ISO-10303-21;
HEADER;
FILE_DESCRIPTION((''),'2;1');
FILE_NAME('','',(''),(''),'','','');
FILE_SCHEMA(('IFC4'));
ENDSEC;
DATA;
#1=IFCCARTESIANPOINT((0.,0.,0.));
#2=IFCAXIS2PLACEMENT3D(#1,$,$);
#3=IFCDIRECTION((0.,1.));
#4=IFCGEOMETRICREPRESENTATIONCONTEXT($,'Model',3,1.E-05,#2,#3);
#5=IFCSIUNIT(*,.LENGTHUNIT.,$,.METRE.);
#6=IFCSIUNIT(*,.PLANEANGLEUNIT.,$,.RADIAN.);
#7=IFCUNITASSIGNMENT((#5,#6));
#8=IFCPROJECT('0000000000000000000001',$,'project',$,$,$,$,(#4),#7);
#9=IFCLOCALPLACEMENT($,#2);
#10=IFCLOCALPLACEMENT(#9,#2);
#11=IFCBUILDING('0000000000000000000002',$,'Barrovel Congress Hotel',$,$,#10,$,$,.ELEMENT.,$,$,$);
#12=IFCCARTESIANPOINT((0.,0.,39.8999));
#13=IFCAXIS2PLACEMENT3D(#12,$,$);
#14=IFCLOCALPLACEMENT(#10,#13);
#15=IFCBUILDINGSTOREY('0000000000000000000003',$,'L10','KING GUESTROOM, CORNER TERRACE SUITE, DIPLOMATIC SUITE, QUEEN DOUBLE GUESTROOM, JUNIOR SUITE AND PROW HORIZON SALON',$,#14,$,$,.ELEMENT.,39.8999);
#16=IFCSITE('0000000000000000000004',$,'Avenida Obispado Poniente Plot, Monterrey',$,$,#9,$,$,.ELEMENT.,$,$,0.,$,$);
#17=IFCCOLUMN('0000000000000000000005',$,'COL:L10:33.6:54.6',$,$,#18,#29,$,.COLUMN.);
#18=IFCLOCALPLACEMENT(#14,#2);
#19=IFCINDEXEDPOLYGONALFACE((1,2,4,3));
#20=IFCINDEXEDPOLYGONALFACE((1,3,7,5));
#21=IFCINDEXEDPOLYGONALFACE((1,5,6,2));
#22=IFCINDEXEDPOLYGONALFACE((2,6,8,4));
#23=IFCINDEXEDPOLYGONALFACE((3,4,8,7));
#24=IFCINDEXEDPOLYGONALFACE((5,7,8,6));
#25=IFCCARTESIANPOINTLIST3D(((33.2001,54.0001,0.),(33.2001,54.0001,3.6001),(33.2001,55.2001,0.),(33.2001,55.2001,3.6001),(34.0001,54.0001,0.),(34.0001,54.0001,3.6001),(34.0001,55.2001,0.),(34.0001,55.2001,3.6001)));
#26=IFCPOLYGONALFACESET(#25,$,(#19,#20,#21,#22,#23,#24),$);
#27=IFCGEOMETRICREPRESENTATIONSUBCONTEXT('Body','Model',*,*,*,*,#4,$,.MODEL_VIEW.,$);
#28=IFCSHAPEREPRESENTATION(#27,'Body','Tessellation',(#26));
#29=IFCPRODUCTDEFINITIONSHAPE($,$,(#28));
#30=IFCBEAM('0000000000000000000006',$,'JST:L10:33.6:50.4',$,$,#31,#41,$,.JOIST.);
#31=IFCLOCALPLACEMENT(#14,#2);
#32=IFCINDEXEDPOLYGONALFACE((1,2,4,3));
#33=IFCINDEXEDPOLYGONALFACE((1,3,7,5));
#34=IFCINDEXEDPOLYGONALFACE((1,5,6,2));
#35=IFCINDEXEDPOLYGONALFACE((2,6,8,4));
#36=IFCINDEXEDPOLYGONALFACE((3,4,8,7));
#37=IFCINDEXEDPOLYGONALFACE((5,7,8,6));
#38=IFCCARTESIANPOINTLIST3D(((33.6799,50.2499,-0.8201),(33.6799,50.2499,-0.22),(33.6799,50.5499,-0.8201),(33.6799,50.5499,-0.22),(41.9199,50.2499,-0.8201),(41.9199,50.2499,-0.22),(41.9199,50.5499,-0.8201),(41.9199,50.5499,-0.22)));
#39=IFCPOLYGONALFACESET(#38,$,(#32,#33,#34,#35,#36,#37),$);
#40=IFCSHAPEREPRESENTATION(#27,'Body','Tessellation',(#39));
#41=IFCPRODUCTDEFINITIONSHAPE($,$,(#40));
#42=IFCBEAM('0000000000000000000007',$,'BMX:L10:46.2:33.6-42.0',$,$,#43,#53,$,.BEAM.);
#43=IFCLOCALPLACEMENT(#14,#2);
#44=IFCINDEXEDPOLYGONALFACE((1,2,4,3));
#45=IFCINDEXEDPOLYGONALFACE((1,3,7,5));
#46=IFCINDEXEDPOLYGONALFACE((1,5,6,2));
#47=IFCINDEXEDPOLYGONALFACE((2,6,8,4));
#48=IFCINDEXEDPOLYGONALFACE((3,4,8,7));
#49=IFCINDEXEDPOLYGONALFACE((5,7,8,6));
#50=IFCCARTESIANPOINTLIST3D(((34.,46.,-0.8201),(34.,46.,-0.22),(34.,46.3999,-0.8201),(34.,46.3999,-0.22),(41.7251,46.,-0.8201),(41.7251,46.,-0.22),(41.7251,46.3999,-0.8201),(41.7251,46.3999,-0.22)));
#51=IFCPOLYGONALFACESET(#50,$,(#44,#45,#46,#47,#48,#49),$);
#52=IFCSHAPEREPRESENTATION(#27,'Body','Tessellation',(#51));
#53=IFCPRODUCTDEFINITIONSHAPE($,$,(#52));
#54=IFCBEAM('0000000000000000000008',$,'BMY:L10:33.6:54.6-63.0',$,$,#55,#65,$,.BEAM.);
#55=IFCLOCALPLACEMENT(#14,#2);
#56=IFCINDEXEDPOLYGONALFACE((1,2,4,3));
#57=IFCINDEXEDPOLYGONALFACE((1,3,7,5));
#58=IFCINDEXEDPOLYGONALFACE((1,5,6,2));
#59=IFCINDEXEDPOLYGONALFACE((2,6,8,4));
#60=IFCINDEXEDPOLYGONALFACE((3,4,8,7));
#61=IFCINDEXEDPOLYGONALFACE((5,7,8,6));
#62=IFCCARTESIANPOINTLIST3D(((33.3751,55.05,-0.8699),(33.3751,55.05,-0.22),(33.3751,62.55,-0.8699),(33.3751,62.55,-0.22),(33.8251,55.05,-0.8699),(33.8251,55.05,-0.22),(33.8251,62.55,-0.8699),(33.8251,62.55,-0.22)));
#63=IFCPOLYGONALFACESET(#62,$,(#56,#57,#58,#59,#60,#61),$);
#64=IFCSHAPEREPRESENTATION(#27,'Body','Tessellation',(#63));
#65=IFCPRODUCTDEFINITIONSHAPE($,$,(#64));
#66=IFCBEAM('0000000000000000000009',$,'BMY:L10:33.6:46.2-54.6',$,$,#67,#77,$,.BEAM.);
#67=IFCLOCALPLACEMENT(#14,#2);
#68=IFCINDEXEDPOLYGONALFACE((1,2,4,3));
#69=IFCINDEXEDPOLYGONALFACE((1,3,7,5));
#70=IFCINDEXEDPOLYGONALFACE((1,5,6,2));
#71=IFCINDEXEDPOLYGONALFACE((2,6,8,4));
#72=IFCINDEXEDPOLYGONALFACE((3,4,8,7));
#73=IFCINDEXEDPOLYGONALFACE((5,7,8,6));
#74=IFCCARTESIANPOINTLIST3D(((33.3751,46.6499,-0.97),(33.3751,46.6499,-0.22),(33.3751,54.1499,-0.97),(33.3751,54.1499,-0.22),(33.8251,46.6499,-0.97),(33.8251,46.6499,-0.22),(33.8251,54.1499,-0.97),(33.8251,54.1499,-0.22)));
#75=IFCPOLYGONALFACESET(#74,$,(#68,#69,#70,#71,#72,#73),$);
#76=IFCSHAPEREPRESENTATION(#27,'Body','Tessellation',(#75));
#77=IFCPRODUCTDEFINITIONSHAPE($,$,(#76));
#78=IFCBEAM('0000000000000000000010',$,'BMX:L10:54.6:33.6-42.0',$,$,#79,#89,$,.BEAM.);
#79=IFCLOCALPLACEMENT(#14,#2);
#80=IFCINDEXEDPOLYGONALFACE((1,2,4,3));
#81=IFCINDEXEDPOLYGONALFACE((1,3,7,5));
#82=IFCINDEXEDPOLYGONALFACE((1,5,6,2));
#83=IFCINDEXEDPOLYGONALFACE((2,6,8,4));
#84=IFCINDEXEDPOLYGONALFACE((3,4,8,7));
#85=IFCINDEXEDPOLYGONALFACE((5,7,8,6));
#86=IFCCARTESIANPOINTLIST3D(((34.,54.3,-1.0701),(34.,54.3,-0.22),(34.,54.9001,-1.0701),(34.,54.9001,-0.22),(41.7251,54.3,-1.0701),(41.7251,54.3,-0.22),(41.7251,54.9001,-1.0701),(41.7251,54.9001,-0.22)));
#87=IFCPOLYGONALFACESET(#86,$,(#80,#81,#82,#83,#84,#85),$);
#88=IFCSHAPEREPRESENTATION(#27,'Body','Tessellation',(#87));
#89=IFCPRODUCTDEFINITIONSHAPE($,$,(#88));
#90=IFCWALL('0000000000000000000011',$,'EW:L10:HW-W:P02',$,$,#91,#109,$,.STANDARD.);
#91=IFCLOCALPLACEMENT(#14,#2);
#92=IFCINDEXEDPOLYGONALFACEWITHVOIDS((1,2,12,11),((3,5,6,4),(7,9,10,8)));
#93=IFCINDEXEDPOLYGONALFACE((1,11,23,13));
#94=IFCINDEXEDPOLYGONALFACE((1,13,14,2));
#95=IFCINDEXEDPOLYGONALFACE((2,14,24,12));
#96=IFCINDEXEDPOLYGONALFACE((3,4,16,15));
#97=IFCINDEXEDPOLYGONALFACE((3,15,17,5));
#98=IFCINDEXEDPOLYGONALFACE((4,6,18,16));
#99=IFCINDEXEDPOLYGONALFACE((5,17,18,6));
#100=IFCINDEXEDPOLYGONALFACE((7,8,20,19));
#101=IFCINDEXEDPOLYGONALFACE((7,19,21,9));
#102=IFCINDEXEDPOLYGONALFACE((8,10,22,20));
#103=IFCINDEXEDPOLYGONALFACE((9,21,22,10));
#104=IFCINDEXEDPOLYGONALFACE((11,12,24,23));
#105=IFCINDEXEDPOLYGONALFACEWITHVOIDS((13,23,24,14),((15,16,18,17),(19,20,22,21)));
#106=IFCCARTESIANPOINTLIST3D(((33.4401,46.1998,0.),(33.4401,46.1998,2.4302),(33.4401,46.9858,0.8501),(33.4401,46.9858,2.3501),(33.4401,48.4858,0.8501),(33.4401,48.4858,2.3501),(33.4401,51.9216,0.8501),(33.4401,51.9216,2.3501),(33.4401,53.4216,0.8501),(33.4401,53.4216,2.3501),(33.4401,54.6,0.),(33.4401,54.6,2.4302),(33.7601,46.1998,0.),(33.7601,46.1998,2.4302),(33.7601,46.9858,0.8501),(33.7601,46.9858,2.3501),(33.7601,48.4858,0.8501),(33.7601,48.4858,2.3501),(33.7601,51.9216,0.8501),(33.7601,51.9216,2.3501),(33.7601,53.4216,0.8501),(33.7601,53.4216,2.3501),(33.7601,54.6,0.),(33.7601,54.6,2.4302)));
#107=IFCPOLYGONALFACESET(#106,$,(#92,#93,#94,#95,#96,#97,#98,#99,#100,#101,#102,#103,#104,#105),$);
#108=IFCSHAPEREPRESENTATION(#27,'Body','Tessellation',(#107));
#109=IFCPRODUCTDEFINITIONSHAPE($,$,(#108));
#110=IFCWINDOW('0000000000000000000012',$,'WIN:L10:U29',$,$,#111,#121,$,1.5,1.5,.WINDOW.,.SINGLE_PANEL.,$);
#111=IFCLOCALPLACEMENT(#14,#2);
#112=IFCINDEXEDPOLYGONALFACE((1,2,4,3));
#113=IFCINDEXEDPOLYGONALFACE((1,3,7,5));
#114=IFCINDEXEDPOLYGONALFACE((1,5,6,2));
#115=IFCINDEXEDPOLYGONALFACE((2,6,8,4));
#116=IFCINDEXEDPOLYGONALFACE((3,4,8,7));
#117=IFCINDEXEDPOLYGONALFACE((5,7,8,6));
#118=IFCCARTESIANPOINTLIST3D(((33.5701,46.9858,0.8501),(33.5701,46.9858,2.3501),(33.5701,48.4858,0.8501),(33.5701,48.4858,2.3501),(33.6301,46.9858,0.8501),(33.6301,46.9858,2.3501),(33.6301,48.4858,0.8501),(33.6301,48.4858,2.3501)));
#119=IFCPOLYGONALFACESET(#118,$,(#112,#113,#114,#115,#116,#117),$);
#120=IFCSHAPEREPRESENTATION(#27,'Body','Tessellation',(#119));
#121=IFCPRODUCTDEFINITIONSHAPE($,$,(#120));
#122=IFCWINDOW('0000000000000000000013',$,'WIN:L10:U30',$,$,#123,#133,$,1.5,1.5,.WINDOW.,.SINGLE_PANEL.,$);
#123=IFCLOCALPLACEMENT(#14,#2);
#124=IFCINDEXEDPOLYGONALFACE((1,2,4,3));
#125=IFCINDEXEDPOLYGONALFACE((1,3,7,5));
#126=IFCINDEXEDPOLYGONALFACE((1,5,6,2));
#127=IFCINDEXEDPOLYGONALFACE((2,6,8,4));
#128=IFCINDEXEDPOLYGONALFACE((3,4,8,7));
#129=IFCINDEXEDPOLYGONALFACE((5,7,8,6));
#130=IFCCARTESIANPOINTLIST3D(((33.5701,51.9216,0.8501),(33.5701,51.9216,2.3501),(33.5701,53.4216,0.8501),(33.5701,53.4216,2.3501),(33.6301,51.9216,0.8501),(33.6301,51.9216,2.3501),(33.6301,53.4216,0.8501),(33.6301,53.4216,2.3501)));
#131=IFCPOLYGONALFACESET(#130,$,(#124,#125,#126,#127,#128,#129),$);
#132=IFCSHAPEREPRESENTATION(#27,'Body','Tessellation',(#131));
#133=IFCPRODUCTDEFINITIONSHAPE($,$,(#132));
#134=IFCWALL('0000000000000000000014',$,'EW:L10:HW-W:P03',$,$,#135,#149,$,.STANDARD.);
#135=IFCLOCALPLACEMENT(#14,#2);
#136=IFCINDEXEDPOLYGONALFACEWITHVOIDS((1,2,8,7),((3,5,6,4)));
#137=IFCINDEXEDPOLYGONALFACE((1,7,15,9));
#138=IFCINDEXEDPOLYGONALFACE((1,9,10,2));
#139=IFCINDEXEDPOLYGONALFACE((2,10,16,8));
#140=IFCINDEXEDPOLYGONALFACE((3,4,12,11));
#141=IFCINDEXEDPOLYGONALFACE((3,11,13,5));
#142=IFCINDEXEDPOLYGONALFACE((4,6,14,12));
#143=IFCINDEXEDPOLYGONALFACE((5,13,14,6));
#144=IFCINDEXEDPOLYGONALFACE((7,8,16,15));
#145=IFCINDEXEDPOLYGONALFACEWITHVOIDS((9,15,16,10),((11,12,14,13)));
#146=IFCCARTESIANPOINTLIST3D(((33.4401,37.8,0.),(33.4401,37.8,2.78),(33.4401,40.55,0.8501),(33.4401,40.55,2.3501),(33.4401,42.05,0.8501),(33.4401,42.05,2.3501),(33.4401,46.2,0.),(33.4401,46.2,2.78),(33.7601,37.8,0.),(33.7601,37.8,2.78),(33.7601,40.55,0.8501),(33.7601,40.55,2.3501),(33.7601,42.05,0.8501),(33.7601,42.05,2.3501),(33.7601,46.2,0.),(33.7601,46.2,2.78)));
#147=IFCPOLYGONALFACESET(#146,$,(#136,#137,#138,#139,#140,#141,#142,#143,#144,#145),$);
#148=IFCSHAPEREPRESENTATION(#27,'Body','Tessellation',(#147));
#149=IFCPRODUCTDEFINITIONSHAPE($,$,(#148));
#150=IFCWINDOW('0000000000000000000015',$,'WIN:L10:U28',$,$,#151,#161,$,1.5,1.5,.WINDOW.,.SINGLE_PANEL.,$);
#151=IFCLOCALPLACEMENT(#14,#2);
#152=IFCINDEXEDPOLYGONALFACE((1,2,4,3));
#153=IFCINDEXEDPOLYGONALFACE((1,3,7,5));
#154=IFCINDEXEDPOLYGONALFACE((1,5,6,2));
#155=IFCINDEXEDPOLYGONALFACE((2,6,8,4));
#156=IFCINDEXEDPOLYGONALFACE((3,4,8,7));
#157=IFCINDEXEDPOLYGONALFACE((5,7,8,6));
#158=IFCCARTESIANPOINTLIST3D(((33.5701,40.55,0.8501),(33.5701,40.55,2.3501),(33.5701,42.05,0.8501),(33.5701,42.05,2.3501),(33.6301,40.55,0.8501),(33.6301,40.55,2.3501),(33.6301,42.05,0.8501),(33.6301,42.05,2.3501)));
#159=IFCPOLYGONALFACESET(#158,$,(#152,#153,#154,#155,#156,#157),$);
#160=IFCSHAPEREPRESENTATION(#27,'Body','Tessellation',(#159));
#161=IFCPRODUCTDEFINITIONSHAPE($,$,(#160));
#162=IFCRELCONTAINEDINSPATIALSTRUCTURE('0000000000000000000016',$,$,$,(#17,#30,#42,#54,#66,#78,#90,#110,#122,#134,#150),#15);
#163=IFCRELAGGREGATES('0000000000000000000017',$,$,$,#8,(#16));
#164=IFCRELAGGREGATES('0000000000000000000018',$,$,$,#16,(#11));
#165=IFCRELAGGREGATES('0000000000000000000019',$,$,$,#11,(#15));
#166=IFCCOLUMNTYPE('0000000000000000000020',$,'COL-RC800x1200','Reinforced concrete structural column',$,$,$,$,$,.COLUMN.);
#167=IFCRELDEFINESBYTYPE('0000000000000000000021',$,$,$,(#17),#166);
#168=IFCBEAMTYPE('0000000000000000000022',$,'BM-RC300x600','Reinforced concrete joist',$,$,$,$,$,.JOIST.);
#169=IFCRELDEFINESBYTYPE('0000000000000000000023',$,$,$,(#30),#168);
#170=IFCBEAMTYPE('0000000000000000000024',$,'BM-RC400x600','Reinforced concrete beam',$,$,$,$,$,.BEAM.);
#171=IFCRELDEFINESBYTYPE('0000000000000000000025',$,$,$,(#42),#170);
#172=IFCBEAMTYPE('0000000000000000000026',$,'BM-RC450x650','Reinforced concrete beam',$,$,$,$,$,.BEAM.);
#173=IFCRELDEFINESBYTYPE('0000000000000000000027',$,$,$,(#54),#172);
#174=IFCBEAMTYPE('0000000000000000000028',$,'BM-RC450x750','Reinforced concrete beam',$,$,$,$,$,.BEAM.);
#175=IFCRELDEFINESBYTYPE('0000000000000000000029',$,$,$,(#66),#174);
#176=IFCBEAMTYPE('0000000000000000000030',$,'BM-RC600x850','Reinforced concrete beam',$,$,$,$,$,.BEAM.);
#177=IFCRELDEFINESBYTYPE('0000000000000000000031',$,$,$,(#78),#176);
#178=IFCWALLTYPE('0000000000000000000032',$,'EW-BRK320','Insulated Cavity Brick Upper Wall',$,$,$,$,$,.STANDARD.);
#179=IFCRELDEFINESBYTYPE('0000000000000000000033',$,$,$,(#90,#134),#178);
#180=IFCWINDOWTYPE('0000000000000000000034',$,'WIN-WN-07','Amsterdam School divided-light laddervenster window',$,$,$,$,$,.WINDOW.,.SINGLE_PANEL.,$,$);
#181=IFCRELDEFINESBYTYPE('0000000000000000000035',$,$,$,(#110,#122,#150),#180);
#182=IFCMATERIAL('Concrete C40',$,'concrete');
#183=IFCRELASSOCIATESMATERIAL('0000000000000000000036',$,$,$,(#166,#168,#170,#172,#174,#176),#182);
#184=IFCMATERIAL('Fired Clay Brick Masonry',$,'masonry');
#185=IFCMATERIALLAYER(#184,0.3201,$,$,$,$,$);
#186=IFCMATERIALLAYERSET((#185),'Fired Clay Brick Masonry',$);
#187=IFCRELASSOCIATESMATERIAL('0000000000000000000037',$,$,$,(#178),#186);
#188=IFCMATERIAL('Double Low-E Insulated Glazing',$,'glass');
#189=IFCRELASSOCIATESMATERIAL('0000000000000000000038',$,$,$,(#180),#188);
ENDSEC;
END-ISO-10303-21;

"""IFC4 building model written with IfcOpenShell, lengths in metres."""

from ifc_helpers import new_model, si_unit, direction, frame, frame_2d, origin, origin_2d, place, context, subcontext, project, spatial, rectangle, extrude, material, layer, layer_set, material_profile, profile_set, type_object, element, fill, save


model = new_model("IFC4")

# Units and contexts
model_context = context("Model", 3, precision=1e-05, world=origin(), true_north=direction((0.0, 1.0)))
body_context = subcontext(model_context, "Body", "Model", "MODEL_VIEW")
ifc_project = project(units=[si_unit("LENGTHUNIT", "METRE"), si_unit("PLANEANGLEUNIT", "RADIAN")], contexts=[model_context])

# Site, building, storey
site_placement = place(None, origin())
site = spatial("IfcSite", under=ifc_project, at=site_placement, Name="Avenida Obispado Poniente Plot, Monterrey", CompositionType="ELEMENT", RefElevation=0.0)
building_placement = place(site_placement, origin())
building = spatial("IfcBuilding", under=site, at=building_placement, Name="Barrovel Congress Hotel", CompositionType="ELEMENT")
storey_placement = place(building_placement, frame((0.0, 0.0, 39.8999)))
storey = spatial("IfcBuildingStorey", under=building, at=storey_placement, Name="L10", Description="KING GUESTROOM, CORNER TERRACE SUITE, DIPLOMATIC SUITE, QUEEN DOUBLE GUESTROOM, JUNIOR SUITE AND PROW HORIZON SALON", CompositionType="ELEMENT", Elevation=39.8999)

# Column
ifc_material_1 = material(Name="Concrete C40", Category="concrete")
ifc_material_profile_1 = material_profile(ifc_material_1, rectangle(XDim=0.8, YDim=1.2, at=origin_2d()), Name="RC800x1200")
ifc_profile_set_1 = profile_set([ifc_material_profile_1], Name="Concrete C40")
column_type = type_object("IfcColumnType", Name="COL-RC800x1200", Description="Reinforced concrete structural column", PredefinedType="COLUMN", material=ifc_profile_set_1)
column_placement = place(storey_placement, frame((33.6001, 54.6001, 0.0), z_axis=(0.0, 0.0, 1.0), x_axis=(1.0, 0.0, 0.0)))
element("IfcColumn", 1, at=column_placement, inside=storey, type_object=column_type, Name="COL:L10:33.6:54.6", PredefinedType="COLUMN", context=body_context, shape_type="SweptSolid", body=[
    extrude(rectangle(XDim=0.8, YDim=1.2, at=origin_2d()), origin(), (0.0, 0.0, 1.0), 3.6001),
])

# Beams
ifc_material_profile_2 = material_profile(ifc_material_1, rectangle(XDim=0.3, YDim=0.6001, at=origin_2d()), Name="RC300x600")
ifc_profile_set_2 = profile_set([ifc_material_profile_2], Name="Concrete C40")
beam_type_1 = type_object("IfcBeamType", Name="BM-RC300x600", Description="Reinforced concrete joist", PredefinedType="JOIST", material=ifc_profile_set_2)
beam_1_placement = place(storey_placement, frame((33.6799, 50.3999, -0.52), z_axis=(1.0, 0.0, 0.0), x_axis=(0.0, 1.0, 0.0)))
element("IfcBeam", 2, at=beam_1_placement, inside=storey, type_object=beam_type_1, Name="JST:L10:33.6:50.4", PredefinedType="JOIST", context=body_context, shape_type="SweptSolid", body=[
    extrude(rectangle(XDim=0.3, YDim=0.6001, at=origin_2d()), origin(), (0.0, 0.0, 1.0), 8.24),
])
ifc_material_profile_3 = material_profile(ifc_material_1, rectangle(XDim=0.3999, YDim=0.6001, at=origin_2d()), Name="RC400x600")
ifc_profile_set_3 = profile_set([ifc_material_profile_3], Name="Concrete C40")
beam_type_2 = type_object("IfcBeamType", Name="BM-RC400x600", Description="Reinforced concrete beam", PredefinedType="BEAM", material=ifc_profile_set_3)
beam_2_placement = place(storey_placement, frame((34.0, 46.2, -0.52), z_axis=(1.0, 0.0, 0.0), x_axis=(0.0, 1.0, 0.0)))
element("IfcBeam", 3, at=beam_2_placement, inside=storey, type_object=beam_type_2, Name="BMX:L10:46.2:33.6-42.0", PredefinedType="BEAM", context=body_context, shape_type="SweptSolid", body=[
    extrude(rectangle(XDim=0.3999, YDim=0.6001, at=origin_2d()), origin(), (0.0, 0.0, 1.0), 7.7251),
])
ifc_material_profile_4 = material_profile(ifc_material_1, rectangle(XDim=0.45, YDim=0.6499, at=origin_2d()), Name="RC450x650")
ifc_profile_set_4 = profile_set([ifc_material_profile_4], Name="Concrete C40")
beam_type_3 = type_object("IfcBeamType", Name="BM-RC450x650", Description="Reinforced concrete beam", PredefinedType="BEAM", material=ifc_profile_set_4)
beam_3_placement = place(storey_placement, frame((33.6001, 55.05, -0.5449), z_axis=(0.0, 1.0, 0.0), x_axis=(-1.0, 0.0, 0.0)))
element("IfcBeam", 4, at=beam_3_placement, inside=storey, type_object=beam_type_3, Name="BMY:L10:33.6:54.6-63.0", PredefinedType="BEAM", context=body_context, shape_type="SweptSolid", body=[
    extrude(rectangle(XDim=0.45, YDim=0.6499, at=origin_2d()), origin(), (0.0, 0.0, 1.0), 7.5),
])
ifc_material_profile_5 = material_profile(ifc_material_1, rectangle(XDim=0.45, YDim=0.75, at=origin_2d()), Name="RC450x750")
ifc_profile_set_5 = profile_set([ifc_material_profile_5], Name="Concrete C40")
beam_type_4 = type_object("IfcBeamType", Name="BM-RC450x750", Description="Reinforced concrete beam", PredefinedType="BEAM", material=ifc_profile_set_5)
beam_4_placement = place(storey_placement, frame((33.6001, 46.6499, -0.595), z_axis=(0.0, 1.0, 0.0), x_axis=(-1.0, 0.0, 0.0)))
element("IfcBeam", 5, at=beam_4_placement, inside=storey, type_object=beam_type_4, Name="BMY:L10:33.6:46.2-54.6", PredefinedType="BEAM", context=body_context, shape_type="SweptSolid", body=[
    extrude(rectangle(XDim=0.45, YDim=0.75, at=origin_2d()), origin(), (0.0, 0.0, 1.0), 7.5),
])
ifc_material_profile_6 = material_profile(ifc_material_1, rectangle(XDim=0.6001, YDim=0.8501, at=origin_2d()), Name="RC600x850")
ifc_profile_set_6 = profile_set([ifc_material_profile_6], Name="Concrete C40")
beam_type_5 = type_object("IfcBeamType", Name="BM-RC600x850", Description="Reinforced concrete beam", PredefinedType="BEAM", material=ifc_profile_set_6)
beam_5_placement = place(storey_placement, frame((34.0, 54.6001, -0.645), z_axis=(1.0, 0.0, 0.0), x_axis=(0.0, 1.0, 0.0)))
element("IfcBeam", 6, at=beam_5_placement, inside=storey, type_object=beam_type_5, Name="BMX:L10:54.6:33.6-42.0", PredefinedType="BEAM", context=body_context, shape_type="SweptSolid", body=[
    extrude(rectangle(XDim=0.6001, YDim=0.8501, at=origin_2d()), origin(), (0.0, 0.0, 1.0), 7.7251),
])

# Wall, openings, windows
ifc_material_2 = material(Name="Fired Clay Brick Masonry", Category="masonry")
ifc_layer_1 = layer(ifc_material_2, 0.3201)
ifc_layer_set_1 = layer_set([ifc_layer_1], Name="Fired Clay Brick Masonry")
wall_type_1 = type_object("IfcWallType", Name="EW-BRK320", Description="Insulated Cavity Brick Upper Wall", PredefinedType="STANDARD", material=ifc_layer_set_1)
wall_1_placement = place(storey_placement, frame((33.6001, 54.6001, 0.0), z_axis=(0.0, 0.0, 1.0), x_axis=(0.0, -1.0, 0.0)))
wall_1 = element("IfcWall", 7, at=wall_1_placement, inside=storey, type_object=wall_type_1, Name="EW:L10:HW-W:P02", PredefinedType="STANDARD", context=body_context, shape_type="SweptSolid", body=[
    extrude(rectangle(XDim=8.4001, YDim=0.3201, at=frame_2d((4.2002, 0.0))), origin(), (0.0, 0.0, 1.0), 2.4302),
])
opening_1_placement = place(wall_1_placement, frame((6.1143, 0.0, 0.8501)))
opening_1 = element("IfcOpeningElement", 8, at=opening_1_placement, cuts=wall_1, PredefinedType="OPENING", context=body_context, shape_type="SweptSolid", body=[
    extrude(rectangle(XDim=1.5, YDim=1.5, at=frame_2d((0.75, 0.75))), frame((0.0, 0.1699, 0.0), z_axis=(0.0, -1.0, 0.0), x_axis=(1.0, 0.0, 0.0)), (0.0, 0.0, 1.0), 0.3401),
])
opening_2_placement = place(wall_1_placement, frame((1.1785, 0.0, 0.8501)))
opening_2 = element("IfcOpeningElement", 9, at=opening_2_placement, cuts=wall_1, PredefinedType="OPENING", context=body_context, shape_type="SweptSolid", body=[
    extrude(rectangle(XDim=1.5, YDim=1.5, at=frame_2d((0.75, 0.75))), frame((0.0, 0.1699, 0.0), z_axis=(0.0, -1.0, 0.0), x_axis=(1.0, 0.0, 0.0)), (0.0, 0.0, 1.0), 0.3401),
])
ifc_material_3 = material(Name="Double Low-E Insulated Glazing", Category="glass")
window_type = type_object("IfcWindowType", Name="WIN-WN-07", Description="Amsterdam School divided-light laddervenster window", PartitioningType="SINGLE_PANEL", PredefinedType="WINDOW", material=ifc_material_3)
window_1_placement = place(opening_1_placement, origin())
window_1 = element("IfcWindow", 10, at=window_1_placement, inside=storey, type_object=window_type, Name="WIN:L10:U29", OverallHeight=1.5, OverallWidth=1.5, PartitioningType="SINGLE_PANEL", PredefinedType="WINDOW", context=body_context, shape_type="SweptSolid", body=[
    extrude(rectangle(XDim=1.5, YDim=1.5, at=frame_2d((0.75, 0.75))), frame((0.0, 0.03, 0.0), z_axis=(0.0, -1.0, 0.0), x_axis=(1.0, 0.0, 0.0)), (0.0, 0.0, 1.0), 0.0601),
])
fill(opening_1, window_1)
window_2_placement = place(opening_2_placement, origin())
window_2 = element("IfcWindow", 11, at=window_2_placement, inside=storey, type_object=window_type, Name="WIN:L10:U30", OverallHeight=1.5, OverallWidth=1.5, PartitioningType="SINGLE_PANEL", PredefinedType="WINDOW", context=body_context, shape_type="SweptSolid", body=[
    extrude(rectangle(XDim=1.5, YDim=1.5, at=frame_2d((0.75, 0.75))), frame((0.0, 0.03, 0.0), z_axis=(0.0, -1.0, 0.0), x_axis=(1.0, 0.0, 0.0)), (0.0, 0.0, 1.0), 0.0601),
])
fill(opening_2, window_2)

# Wall, opening, window
wall_2_placement = place(storey_placement, frame((33.6001, 46.2, 0.0), z_axis=(0.0, 0.0, 1.0), x_axis=(0.0, -1.0, 0.0)))
wall_2 = element("IfcWall", 12, at=wall_2_placement, inside=storey, type_object=wall_type_1, Name="EW:L10:HW-W:P03", PredefinedType="STANDARD", context=body_context, shape_type="SweptSolid", body=[
    extrude(rectangle(XDim=8.3999, YDim=0.3201, at=frame_2d((4.2, 0.0))), origin(), (0.0, 0.0, 1.0), 2.78),
])
opening_3_placement = place(wall_2_placement, frame((4.1499, 0.0, 0.8501)))
opening_3 = element("IfcOpeningElement", 13, at=opening_3_placement, cuts=wall_2, PredefinedType="OPENING", context=body_context, shape_type="SweptSolid", body=[
    extrude(rectangle(XDim=1.5, YDim=1.5, at=frame_2d((0.75, 0.75))), frame((0.0, 0.1699, 0.0), z_axis=(0.0, -1.0, 0.0), x_axis=(1.0, 0.0, 0.0)), (0.0, 0.0, 1.0), 0.3401),
])
window_3_placement = place(opening_3_placement, origin())
window_3 = element("IfcWindow", 14, at=window_3_placement, inside=storey, type_object=window_type, Name="WIN:L10:U28", OverallHeight=1.5, OverallWidth=1.5, PartitioningType="SINGLE_PANEL", PredefinedType="WINDOW", context=body_context, shape_type="SweptSolid", body=[
    extrude(rectangle(XDim=1.5, YDim=1.5, at=frame_2d((0.75, 0.75))), frame((0.0, 0.03, 0.0), z_axis=(0.0, -1.0, 0.0), x_axis=(1.0, 0.0, 0.0)), (0.0, 0.0, 1.0), 0.0601),
])
fill(opening_3, window_3)

save(model, "model.ifc")
